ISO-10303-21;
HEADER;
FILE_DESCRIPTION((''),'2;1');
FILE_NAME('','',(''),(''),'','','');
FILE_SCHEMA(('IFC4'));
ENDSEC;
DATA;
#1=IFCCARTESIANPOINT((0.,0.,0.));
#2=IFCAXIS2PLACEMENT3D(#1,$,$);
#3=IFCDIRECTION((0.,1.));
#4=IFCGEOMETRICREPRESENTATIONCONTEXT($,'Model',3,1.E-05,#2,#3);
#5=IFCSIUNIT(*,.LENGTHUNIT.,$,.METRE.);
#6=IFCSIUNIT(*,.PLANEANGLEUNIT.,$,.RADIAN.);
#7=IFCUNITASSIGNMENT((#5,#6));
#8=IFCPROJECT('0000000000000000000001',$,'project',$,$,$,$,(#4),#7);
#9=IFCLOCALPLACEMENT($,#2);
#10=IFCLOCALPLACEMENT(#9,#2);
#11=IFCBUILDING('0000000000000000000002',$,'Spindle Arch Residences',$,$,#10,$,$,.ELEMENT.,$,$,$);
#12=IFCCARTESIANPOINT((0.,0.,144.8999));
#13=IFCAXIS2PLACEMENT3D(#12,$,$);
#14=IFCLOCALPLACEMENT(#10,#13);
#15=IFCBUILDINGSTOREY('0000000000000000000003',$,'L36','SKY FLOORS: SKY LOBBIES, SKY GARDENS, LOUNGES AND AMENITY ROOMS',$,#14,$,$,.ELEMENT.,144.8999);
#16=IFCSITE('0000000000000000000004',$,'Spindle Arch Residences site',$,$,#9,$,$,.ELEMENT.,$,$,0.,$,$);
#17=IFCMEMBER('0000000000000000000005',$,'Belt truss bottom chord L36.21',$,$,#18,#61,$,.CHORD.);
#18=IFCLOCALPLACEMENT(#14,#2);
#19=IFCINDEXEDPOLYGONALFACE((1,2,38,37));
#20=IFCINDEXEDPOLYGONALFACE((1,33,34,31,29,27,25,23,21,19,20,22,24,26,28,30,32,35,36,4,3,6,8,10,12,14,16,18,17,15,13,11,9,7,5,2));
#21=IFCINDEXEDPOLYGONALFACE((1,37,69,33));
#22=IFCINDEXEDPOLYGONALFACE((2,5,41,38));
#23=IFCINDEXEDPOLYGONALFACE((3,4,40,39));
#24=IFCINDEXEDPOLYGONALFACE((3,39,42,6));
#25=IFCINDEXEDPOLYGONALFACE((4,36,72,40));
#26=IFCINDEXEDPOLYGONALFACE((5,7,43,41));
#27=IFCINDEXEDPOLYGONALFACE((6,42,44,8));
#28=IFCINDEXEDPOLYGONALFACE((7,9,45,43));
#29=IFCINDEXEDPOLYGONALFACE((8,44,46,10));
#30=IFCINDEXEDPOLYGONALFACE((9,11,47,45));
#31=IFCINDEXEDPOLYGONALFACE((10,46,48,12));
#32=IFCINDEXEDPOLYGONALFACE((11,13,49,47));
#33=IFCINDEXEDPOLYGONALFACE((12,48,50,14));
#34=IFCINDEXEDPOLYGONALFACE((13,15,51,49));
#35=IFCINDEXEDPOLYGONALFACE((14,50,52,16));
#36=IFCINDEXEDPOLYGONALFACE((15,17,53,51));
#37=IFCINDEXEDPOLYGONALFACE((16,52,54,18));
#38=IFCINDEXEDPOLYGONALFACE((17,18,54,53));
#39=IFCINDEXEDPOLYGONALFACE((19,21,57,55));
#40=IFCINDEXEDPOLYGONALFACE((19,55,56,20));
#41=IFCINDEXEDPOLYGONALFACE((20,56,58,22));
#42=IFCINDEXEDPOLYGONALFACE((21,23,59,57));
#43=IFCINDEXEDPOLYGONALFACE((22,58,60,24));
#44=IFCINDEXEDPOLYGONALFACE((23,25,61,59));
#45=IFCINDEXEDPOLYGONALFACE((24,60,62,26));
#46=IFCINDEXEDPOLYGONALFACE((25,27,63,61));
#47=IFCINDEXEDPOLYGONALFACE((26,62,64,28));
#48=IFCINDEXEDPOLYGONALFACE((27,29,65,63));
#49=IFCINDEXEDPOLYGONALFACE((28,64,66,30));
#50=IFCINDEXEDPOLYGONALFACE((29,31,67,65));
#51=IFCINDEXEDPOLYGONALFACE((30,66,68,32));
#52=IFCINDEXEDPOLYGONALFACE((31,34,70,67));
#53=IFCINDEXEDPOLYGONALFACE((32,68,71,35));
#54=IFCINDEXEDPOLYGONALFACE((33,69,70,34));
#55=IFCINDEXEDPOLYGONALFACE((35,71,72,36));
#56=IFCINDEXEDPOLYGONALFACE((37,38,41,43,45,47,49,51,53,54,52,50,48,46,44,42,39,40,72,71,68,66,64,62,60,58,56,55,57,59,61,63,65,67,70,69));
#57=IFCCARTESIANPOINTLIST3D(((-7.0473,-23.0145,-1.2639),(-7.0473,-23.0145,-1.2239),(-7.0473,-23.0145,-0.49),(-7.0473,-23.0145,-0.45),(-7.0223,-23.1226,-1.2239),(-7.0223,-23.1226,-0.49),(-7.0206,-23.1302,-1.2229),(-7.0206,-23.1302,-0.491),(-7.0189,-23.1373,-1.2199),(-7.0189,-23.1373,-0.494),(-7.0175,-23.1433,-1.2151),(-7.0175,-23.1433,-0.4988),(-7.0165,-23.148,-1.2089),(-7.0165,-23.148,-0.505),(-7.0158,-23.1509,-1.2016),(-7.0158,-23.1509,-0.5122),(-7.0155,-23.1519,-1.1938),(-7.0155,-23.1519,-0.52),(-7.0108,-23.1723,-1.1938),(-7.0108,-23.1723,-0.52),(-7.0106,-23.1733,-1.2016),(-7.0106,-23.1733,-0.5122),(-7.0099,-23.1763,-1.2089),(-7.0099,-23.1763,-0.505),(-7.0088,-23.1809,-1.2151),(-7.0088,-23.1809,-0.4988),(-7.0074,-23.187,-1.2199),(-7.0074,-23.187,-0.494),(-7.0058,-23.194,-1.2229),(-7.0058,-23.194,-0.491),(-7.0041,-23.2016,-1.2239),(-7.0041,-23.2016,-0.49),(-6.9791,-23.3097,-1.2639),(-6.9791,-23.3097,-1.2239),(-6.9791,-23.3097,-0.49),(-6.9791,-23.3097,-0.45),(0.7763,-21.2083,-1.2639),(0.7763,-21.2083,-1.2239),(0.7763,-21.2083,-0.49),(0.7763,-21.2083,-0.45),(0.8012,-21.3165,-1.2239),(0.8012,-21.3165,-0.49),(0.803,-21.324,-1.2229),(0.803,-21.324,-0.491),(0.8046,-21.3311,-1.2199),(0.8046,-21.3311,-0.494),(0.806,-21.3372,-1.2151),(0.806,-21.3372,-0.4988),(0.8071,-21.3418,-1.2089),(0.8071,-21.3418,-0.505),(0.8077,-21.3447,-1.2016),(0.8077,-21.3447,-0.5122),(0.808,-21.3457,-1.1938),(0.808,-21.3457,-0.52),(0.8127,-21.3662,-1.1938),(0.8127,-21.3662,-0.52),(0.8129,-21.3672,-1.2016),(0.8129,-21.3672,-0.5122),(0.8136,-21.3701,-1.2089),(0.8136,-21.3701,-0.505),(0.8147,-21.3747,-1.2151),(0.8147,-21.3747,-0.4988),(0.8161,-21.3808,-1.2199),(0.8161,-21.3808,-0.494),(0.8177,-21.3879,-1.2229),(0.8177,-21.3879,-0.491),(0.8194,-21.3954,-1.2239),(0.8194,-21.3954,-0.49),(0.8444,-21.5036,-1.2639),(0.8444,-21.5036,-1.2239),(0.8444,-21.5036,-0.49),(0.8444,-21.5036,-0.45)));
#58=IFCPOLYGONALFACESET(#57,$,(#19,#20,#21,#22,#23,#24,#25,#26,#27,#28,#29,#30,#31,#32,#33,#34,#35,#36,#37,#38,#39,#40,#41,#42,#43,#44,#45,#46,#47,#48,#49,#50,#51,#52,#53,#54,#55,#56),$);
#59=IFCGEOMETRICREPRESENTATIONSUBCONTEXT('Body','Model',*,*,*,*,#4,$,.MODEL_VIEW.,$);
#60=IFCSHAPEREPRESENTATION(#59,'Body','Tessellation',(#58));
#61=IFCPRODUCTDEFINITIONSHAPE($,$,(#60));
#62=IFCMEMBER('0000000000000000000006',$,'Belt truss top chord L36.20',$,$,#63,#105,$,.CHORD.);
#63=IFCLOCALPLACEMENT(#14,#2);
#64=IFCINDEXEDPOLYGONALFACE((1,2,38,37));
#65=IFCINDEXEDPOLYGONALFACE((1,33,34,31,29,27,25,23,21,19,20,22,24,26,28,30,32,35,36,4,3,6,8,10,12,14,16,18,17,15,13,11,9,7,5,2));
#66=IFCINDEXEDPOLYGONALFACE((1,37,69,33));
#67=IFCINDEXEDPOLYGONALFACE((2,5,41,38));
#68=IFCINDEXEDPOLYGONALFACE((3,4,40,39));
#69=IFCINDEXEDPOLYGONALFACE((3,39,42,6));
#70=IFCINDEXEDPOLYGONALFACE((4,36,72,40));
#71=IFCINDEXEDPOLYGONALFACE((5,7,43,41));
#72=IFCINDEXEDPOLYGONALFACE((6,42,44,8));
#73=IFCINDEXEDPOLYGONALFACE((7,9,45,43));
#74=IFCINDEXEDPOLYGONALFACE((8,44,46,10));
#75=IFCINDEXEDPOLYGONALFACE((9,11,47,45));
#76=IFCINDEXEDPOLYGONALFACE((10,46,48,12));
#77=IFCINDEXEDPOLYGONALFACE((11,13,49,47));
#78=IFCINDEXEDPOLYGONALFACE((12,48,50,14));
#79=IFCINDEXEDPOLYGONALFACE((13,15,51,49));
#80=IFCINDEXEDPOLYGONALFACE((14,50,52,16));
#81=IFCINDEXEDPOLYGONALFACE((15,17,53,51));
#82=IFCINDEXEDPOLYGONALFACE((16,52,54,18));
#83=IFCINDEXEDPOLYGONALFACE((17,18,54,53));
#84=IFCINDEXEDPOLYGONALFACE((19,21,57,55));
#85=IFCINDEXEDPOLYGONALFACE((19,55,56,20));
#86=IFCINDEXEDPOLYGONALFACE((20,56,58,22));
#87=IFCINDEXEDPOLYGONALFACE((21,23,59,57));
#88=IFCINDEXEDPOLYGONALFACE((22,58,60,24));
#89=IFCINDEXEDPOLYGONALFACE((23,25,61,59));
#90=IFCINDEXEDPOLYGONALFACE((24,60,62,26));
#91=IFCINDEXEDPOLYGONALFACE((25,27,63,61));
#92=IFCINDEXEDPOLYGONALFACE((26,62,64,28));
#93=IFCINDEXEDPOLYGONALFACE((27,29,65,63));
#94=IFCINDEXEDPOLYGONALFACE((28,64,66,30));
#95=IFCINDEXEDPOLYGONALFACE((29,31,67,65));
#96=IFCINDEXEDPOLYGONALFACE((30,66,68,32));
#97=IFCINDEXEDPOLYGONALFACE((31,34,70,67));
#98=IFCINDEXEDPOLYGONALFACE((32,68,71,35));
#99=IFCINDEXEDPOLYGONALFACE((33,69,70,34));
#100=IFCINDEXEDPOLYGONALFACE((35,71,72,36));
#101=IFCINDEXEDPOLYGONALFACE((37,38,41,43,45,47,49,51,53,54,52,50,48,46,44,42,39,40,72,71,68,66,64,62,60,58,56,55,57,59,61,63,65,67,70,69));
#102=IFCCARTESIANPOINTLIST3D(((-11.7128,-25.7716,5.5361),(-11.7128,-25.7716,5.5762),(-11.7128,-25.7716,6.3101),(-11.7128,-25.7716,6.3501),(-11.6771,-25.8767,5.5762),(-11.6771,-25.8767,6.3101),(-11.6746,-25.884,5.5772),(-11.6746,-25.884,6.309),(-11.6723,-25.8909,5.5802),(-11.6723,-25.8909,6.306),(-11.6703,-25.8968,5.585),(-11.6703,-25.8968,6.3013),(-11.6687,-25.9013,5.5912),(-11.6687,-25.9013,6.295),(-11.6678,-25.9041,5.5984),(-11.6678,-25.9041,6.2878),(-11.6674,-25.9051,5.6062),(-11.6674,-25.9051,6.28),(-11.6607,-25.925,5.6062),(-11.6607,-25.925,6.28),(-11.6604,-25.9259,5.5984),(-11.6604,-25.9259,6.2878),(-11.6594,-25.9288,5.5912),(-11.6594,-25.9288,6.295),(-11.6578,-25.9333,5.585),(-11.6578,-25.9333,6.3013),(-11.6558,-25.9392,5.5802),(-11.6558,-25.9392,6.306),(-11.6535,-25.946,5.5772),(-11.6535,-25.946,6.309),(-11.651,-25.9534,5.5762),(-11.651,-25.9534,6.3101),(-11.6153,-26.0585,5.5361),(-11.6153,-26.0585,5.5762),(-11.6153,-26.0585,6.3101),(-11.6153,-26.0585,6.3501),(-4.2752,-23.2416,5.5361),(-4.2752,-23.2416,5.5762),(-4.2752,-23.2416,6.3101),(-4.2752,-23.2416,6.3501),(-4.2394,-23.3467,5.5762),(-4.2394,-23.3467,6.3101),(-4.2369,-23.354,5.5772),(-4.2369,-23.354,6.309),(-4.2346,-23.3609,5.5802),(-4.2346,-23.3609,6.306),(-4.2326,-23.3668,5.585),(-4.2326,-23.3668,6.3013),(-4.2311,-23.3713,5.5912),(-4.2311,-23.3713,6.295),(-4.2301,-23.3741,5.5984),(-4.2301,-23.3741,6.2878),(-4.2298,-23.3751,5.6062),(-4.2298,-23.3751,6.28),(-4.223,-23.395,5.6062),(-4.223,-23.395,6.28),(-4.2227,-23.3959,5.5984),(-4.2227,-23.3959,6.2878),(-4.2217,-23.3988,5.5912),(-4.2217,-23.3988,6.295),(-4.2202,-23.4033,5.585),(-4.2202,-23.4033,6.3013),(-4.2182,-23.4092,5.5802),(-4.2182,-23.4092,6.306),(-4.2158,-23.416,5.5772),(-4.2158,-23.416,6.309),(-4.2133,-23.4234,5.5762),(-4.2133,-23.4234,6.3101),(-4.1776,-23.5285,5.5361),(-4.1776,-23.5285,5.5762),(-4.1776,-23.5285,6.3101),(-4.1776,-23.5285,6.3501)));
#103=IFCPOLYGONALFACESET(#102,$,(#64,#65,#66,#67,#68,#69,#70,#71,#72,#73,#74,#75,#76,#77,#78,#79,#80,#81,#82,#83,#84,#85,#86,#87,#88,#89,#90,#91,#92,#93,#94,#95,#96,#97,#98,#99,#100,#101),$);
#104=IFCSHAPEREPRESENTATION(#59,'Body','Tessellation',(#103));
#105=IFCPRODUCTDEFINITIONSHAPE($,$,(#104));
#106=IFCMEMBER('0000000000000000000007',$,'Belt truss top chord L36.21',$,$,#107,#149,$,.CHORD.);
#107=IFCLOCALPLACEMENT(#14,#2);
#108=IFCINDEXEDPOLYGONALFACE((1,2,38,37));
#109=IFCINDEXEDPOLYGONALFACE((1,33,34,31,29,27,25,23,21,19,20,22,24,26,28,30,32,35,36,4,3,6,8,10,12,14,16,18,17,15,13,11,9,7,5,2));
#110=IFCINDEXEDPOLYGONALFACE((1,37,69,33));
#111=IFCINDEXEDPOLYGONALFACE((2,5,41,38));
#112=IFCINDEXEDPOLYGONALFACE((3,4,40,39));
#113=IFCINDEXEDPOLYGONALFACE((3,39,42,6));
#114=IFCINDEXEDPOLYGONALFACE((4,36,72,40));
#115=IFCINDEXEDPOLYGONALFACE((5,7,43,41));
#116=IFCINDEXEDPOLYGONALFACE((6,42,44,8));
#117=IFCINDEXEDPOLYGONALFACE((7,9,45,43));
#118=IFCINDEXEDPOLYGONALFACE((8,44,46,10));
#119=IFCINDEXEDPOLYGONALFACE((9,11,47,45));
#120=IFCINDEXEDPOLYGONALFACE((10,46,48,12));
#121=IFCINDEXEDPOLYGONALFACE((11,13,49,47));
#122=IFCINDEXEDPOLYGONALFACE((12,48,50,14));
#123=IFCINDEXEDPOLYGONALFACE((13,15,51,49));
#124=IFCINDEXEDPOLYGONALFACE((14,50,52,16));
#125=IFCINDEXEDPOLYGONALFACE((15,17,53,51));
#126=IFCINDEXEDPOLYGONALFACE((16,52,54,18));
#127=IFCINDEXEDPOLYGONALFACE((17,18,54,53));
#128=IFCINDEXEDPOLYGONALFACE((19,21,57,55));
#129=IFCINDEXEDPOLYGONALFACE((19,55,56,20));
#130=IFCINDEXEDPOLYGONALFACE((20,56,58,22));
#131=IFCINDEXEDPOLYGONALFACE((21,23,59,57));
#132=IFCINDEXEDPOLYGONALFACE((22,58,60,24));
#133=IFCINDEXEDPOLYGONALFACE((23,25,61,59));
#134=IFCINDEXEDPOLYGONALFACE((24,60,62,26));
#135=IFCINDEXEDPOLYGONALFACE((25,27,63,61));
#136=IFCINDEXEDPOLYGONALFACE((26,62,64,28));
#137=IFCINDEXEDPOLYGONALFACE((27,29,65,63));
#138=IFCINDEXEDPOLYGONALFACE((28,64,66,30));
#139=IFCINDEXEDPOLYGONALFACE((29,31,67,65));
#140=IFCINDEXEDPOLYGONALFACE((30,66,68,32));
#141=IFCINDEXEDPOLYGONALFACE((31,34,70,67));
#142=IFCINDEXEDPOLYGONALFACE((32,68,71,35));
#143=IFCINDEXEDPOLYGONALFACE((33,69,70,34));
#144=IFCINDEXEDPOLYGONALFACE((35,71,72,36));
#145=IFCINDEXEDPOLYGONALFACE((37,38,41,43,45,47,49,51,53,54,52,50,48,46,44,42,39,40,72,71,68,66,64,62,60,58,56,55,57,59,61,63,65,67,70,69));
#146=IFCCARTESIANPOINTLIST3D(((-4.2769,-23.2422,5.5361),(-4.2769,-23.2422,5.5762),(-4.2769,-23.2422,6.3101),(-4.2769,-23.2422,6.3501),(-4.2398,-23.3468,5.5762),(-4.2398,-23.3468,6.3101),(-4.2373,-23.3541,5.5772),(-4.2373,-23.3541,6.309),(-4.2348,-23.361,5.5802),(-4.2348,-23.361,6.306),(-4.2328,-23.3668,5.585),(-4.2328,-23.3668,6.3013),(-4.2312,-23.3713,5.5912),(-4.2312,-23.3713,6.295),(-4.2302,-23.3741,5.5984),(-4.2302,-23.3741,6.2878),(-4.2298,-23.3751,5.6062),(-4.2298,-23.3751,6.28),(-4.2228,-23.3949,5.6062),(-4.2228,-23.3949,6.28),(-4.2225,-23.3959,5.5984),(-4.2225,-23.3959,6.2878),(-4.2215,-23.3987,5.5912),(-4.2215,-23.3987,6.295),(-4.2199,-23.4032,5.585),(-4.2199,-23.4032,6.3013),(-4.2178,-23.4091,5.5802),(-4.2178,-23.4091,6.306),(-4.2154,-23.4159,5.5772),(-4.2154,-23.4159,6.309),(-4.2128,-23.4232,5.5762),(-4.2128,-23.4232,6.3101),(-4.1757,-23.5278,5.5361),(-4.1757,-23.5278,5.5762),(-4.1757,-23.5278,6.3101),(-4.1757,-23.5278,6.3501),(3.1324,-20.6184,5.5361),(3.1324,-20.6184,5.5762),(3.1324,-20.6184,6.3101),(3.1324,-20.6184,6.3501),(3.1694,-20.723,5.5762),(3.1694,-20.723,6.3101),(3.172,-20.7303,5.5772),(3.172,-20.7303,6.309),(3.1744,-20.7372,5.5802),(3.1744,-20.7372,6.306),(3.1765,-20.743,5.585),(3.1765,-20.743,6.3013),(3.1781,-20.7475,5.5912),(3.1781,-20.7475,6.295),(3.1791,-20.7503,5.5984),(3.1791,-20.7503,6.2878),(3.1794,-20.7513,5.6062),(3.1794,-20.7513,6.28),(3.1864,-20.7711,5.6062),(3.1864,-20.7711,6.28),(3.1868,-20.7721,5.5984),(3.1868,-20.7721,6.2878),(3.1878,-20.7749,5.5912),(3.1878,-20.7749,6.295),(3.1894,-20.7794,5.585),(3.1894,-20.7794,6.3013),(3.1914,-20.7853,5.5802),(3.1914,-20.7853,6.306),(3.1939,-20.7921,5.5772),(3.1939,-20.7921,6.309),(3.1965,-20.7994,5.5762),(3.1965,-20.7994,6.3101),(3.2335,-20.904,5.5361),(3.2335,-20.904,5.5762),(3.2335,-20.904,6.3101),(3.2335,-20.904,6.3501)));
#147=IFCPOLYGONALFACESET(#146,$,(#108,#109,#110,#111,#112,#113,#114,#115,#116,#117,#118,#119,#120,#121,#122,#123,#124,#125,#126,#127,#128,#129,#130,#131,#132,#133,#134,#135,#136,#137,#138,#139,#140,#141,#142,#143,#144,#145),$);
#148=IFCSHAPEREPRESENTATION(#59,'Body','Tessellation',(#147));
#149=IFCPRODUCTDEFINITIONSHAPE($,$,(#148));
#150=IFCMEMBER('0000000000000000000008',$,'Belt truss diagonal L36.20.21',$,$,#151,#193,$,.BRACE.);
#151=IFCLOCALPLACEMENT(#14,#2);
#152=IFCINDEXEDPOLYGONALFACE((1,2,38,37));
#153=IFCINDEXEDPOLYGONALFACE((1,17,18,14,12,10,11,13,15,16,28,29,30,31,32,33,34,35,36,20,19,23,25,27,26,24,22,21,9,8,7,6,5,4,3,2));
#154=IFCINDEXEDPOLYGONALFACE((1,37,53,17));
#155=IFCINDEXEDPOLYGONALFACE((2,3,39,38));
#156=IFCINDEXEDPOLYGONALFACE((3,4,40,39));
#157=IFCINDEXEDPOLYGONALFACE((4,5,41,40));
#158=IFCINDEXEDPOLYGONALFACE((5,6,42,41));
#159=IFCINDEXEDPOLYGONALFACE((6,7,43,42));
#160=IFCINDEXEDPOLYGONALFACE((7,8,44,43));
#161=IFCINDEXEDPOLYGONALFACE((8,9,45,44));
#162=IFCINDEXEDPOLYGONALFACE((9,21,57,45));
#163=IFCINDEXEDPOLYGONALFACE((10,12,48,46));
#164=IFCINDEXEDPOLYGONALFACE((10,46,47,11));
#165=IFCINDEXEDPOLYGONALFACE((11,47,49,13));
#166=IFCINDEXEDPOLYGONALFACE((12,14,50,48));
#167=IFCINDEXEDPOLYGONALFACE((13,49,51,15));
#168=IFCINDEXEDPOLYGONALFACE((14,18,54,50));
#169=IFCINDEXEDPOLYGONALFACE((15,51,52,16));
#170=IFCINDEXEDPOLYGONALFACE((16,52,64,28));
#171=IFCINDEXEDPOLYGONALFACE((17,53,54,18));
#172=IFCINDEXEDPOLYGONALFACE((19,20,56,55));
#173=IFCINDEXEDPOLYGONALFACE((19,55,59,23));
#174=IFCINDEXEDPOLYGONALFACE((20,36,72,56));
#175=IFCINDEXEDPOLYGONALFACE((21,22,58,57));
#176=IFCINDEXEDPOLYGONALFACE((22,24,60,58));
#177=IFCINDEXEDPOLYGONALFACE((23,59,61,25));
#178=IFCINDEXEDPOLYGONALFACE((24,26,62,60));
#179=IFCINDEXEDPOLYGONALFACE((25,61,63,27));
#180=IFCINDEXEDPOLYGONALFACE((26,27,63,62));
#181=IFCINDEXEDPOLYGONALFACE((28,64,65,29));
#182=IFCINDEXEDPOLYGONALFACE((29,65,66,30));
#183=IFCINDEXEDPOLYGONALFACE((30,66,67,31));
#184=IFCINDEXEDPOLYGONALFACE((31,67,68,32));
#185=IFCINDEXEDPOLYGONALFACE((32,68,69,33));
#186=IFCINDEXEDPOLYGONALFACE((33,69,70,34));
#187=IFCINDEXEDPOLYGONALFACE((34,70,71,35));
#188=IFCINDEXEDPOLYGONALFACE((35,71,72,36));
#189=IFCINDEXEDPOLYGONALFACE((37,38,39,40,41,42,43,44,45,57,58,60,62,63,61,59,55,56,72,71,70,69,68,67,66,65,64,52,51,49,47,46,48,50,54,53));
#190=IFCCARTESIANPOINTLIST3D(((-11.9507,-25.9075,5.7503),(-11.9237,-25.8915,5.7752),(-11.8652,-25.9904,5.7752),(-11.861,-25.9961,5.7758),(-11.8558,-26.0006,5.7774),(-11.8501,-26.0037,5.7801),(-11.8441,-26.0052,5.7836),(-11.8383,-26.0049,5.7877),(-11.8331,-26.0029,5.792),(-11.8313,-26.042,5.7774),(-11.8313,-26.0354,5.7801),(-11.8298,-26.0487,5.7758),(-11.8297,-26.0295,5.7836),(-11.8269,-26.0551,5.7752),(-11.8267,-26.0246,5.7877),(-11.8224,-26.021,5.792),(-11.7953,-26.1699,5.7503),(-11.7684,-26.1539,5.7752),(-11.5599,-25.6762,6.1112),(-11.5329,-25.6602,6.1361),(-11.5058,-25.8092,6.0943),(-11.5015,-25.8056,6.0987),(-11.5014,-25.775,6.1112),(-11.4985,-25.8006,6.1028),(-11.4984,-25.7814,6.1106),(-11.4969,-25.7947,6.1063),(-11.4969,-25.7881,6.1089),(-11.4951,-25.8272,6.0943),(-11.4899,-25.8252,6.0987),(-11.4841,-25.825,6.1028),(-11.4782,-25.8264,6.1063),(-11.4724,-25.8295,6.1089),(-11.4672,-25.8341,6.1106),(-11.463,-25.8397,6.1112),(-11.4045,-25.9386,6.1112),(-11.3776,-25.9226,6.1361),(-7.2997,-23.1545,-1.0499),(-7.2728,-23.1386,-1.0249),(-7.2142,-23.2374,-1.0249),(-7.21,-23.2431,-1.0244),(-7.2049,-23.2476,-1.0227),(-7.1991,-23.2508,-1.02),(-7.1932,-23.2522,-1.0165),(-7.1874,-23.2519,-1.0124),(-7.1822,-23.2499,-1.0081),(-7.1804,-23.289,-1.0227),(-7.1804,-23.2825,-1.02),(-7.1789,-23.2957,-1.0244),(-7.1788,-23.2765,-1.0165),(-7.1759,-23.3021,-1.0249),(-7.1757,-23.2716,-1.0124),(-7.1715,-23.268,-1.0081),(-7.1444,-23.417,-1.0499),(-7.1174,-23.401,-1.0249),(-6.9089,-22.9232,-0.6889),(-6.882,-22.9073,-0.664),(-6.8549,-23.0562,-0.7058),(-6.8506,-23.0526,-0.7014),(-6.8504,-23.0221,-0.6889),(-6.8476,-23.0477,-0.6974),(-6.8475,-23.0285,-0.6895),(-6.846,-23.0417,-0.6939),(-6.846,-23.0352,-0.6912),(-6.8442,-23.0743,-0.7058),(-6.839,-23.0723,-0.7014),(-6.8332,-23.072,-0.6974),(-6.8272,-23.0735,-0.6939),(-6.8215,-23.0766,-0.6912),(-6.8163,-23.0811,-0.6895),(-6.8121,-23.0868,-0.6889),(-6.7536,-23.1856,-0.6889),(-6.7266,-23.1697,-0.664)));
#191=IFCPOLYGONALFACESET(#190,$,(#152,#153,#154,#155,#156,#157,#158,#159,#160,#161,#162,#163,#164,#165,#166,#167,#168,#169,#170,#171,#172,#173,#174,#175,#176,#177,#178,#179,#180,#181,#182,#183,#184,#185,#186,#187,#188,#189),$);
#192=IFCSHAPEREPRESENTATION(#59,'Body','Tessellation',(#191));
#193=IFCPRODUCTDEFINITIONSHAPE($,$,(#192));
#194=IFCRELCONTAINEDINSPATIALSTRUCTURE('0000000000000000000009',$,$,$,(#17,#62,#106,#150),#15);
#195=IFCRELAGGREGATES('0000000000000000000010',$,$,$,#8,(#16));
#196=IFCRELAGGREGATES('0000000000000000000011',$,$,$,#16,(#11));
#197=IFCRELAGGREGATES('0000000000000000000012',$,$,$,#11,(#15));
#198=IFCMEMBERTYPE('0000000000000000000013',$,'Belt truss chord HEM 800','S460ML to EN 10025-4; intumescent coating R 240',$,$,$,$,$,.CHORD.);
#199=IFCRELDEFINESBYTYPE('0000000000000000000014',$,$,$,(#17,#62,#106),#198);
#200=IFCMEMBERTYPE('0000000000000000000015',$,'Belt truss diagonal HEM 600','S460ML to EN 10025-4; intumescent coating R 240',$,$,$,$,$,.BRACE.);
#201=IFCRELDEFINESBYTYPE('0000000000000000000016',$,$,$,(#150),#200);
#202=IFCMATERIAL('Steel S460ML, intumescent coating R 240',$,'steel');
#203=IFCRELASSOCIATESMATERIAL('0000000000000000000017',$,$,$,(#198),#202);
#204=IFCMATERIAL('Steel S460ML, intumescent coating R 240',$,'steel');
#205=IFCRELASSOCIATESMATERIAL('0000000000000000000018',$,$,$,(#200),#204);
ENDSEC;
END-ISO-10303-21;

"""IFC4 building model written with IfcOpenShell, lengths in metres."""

from ifc_helpers import new_model, si_unit, direction, frame, origin, origin_2d, place, context, subcontext, project, spatial, i_section, extrude, material, material_profile, profile_set, type_object, element, save


model = new_model("IFC4")

# Units and contexts
model_context = context("Model", 3, precision=1e-05, world=origin(), true_north=direction((0.0, 1.0)))
body_context = subcontext(model_context, "Body", "Model", "MODEL_VIEW")
ifc_project = project(units=[si_unit("LENGTHUNIT", "METRE"), si_unit("PLANEANGLEUNIT", "RADIAN")], contexts=[model_context])

# Site, building, storey
site_placement = place(None, origin())
site = spatial("IfcSite", under=ifc_project, at=site_placement, Name="Spindle Arch Residences site", CompositionType="ELEMENT", RefElevation=0.0)
building_placement = place(site_placement, origin())
building = spatial("IfcBuilding", under=site, at=building_placement, Name="Spindle Arch Residences", CompositionType="ELEMENT")
storey_placement = place(building_placement, frame((0.0, 0.0, 144.8999)))
storey = spatial("IfcBuildingStorey", under=building, at=storey_placement, Name="L36", Description="SKY FLOORS: SKY LOBBIES, SKY GARDENS, LOUNGES AND AMENITY ROOMS", CompositionType="ELEMENT", Elevation=144.8999)

# Members
ifc_material_1 = material(Name="Steel S460ML, intumescent coating R 240", Category="steel")
ifc_material_profile_1 = material_profile(ifc_material_1, i_section(OverallWidth=0.303, OverallDepth=0.814, WebThickness=0.021, FlangeThickness=0.04, FilletRadius=0.03, at=origin_2d()), Name="HEM 800")
ifc_profile_set_1 = profile_set([ifc_material_profile_1], Name="Steel S460ML, intumescent coating R 240")
member_type_1 = type_object("IfcMemberType", Name="Belt truss chord HEM 800", Description="S460ML to EN 10025-4; intumescent coating R 240", PredefinedType="CHORD", material=ifc_profile_set_1)
member_1_placement = place(storey_placement, frame((-7.0132, -23.1621, -0.8569), z_axis=(0.974371, 0.224946, 0.0), x_axis=(-0.224946, 0.974371, 0.0)))
element("IfcMember", 1, at=member_1_placement, inside=storey, type_object=member_type_1, Name="Belt truss bottom chord L36.21", PredefinedType="CHORD", context=body_context, shape_type="SweptSolid", body=[
    extrude(i_section(OverallWidth=0.303, OverallDepth=0.814, WebThickness=0.021, FlangeThickness=0.04, FilletRadius=0.03, at=origin_2d()), origin(), (0.0, 0.0, 1.0), 8.0293),
])
member_2_placement = place(storey_placement, frame((-11.6641, -25.915, 5.9431), z_axis=(0.946726, 0.322039, 0.0), x_axis=(-0.322039, 0.946726, 0.0)))
element("IfcMember", 2, at=member_2_placement, inside=storey, type_object=member_type_1, Name="Belt truss top chord L36.20", PredefinedType="CHORD", context=body_context, shape_type="SweptSolid", body=[
    extrude(i_section(OverallWidth=0.303, OverallDepth=0.814, WebThickness=0.021, FlangeThickness=0.04, FilletRadius=0.03, at=origin_2d()), origin(), (0.0, 0.0, 1.0), 7.8562),
])
member_3_placement = place(storey_placement, frame((-4.2263, -23.385, 5.9431), z_axis=(0.942639, 0.333813, 0.0), x_axis=(-0.333813, 0.942639, 0.0)))
element("IfcMember", 3, at=member_3_placement, inside=storey, type_object=member_type_1, Name="Belt truss top chord L36.21", PredefinedType="CHORD", context=body_context, shape_type="SweptSolid", body=[
    extrude(i_section(OverallWidth=0.303, OverallDepth=0.814, WebThickness=0.021, FlangeThickness=0.04, FilletRadius=0.03, at=origin_2d()), origin(), (0.0, 0.0, 1.0), 7.8601),
])
ifc_material_2 = material(Name="Steel S460ML, intumescent coating R 240", Category="steel")
ifc_material_profile_2 = material_profile(ifc_material_2, i_section(OverallWidth=0.3049, OverallDepth=0.6201, WebThickness=0.021, FlangeThickness=0.04, FilletRadius=0.0271, at=origin_2d()), Name="HEM 600")
ifc_profile_set_2 = profile_set([ifc_material_profile_2], Name="Steel S460ML, intumescent coating R 240")
member_type_2 = type_object("IfcMemberType", Name="Belt truss diagonal HEM 600", Description="S460ML to EN 10025-4; intumescent coating R 240", PredefinedType="BRACE", material=ifc_profile_set_2)
member_4_placement = place(storey_placement, frame((-7.0132, -23.1621, -0.8569), z_axis=(-0.535433, -0.316932, 0.782857), x_axis=(0.509371, -0.860547, 0.0)))
element("IfcMember", 4, at=member_4_placement, inside=storey, type_object=member_type_2, Name="Belt truss diagonal L36.20.21", PredefinedType="BRACE", context=body_context, shape_type="SweptSolid", body=[
    extrude(i_section(OverallWidth=0.3049, OverallDepth=0.6201, WebThickness=0.021, FlangeThickness=0.04, FilletRadius=0.0271, at=origin_2d()), origin(), (0.0, 0.0, 1.0), 8.6863),
])

save(model, "model.ifc")
